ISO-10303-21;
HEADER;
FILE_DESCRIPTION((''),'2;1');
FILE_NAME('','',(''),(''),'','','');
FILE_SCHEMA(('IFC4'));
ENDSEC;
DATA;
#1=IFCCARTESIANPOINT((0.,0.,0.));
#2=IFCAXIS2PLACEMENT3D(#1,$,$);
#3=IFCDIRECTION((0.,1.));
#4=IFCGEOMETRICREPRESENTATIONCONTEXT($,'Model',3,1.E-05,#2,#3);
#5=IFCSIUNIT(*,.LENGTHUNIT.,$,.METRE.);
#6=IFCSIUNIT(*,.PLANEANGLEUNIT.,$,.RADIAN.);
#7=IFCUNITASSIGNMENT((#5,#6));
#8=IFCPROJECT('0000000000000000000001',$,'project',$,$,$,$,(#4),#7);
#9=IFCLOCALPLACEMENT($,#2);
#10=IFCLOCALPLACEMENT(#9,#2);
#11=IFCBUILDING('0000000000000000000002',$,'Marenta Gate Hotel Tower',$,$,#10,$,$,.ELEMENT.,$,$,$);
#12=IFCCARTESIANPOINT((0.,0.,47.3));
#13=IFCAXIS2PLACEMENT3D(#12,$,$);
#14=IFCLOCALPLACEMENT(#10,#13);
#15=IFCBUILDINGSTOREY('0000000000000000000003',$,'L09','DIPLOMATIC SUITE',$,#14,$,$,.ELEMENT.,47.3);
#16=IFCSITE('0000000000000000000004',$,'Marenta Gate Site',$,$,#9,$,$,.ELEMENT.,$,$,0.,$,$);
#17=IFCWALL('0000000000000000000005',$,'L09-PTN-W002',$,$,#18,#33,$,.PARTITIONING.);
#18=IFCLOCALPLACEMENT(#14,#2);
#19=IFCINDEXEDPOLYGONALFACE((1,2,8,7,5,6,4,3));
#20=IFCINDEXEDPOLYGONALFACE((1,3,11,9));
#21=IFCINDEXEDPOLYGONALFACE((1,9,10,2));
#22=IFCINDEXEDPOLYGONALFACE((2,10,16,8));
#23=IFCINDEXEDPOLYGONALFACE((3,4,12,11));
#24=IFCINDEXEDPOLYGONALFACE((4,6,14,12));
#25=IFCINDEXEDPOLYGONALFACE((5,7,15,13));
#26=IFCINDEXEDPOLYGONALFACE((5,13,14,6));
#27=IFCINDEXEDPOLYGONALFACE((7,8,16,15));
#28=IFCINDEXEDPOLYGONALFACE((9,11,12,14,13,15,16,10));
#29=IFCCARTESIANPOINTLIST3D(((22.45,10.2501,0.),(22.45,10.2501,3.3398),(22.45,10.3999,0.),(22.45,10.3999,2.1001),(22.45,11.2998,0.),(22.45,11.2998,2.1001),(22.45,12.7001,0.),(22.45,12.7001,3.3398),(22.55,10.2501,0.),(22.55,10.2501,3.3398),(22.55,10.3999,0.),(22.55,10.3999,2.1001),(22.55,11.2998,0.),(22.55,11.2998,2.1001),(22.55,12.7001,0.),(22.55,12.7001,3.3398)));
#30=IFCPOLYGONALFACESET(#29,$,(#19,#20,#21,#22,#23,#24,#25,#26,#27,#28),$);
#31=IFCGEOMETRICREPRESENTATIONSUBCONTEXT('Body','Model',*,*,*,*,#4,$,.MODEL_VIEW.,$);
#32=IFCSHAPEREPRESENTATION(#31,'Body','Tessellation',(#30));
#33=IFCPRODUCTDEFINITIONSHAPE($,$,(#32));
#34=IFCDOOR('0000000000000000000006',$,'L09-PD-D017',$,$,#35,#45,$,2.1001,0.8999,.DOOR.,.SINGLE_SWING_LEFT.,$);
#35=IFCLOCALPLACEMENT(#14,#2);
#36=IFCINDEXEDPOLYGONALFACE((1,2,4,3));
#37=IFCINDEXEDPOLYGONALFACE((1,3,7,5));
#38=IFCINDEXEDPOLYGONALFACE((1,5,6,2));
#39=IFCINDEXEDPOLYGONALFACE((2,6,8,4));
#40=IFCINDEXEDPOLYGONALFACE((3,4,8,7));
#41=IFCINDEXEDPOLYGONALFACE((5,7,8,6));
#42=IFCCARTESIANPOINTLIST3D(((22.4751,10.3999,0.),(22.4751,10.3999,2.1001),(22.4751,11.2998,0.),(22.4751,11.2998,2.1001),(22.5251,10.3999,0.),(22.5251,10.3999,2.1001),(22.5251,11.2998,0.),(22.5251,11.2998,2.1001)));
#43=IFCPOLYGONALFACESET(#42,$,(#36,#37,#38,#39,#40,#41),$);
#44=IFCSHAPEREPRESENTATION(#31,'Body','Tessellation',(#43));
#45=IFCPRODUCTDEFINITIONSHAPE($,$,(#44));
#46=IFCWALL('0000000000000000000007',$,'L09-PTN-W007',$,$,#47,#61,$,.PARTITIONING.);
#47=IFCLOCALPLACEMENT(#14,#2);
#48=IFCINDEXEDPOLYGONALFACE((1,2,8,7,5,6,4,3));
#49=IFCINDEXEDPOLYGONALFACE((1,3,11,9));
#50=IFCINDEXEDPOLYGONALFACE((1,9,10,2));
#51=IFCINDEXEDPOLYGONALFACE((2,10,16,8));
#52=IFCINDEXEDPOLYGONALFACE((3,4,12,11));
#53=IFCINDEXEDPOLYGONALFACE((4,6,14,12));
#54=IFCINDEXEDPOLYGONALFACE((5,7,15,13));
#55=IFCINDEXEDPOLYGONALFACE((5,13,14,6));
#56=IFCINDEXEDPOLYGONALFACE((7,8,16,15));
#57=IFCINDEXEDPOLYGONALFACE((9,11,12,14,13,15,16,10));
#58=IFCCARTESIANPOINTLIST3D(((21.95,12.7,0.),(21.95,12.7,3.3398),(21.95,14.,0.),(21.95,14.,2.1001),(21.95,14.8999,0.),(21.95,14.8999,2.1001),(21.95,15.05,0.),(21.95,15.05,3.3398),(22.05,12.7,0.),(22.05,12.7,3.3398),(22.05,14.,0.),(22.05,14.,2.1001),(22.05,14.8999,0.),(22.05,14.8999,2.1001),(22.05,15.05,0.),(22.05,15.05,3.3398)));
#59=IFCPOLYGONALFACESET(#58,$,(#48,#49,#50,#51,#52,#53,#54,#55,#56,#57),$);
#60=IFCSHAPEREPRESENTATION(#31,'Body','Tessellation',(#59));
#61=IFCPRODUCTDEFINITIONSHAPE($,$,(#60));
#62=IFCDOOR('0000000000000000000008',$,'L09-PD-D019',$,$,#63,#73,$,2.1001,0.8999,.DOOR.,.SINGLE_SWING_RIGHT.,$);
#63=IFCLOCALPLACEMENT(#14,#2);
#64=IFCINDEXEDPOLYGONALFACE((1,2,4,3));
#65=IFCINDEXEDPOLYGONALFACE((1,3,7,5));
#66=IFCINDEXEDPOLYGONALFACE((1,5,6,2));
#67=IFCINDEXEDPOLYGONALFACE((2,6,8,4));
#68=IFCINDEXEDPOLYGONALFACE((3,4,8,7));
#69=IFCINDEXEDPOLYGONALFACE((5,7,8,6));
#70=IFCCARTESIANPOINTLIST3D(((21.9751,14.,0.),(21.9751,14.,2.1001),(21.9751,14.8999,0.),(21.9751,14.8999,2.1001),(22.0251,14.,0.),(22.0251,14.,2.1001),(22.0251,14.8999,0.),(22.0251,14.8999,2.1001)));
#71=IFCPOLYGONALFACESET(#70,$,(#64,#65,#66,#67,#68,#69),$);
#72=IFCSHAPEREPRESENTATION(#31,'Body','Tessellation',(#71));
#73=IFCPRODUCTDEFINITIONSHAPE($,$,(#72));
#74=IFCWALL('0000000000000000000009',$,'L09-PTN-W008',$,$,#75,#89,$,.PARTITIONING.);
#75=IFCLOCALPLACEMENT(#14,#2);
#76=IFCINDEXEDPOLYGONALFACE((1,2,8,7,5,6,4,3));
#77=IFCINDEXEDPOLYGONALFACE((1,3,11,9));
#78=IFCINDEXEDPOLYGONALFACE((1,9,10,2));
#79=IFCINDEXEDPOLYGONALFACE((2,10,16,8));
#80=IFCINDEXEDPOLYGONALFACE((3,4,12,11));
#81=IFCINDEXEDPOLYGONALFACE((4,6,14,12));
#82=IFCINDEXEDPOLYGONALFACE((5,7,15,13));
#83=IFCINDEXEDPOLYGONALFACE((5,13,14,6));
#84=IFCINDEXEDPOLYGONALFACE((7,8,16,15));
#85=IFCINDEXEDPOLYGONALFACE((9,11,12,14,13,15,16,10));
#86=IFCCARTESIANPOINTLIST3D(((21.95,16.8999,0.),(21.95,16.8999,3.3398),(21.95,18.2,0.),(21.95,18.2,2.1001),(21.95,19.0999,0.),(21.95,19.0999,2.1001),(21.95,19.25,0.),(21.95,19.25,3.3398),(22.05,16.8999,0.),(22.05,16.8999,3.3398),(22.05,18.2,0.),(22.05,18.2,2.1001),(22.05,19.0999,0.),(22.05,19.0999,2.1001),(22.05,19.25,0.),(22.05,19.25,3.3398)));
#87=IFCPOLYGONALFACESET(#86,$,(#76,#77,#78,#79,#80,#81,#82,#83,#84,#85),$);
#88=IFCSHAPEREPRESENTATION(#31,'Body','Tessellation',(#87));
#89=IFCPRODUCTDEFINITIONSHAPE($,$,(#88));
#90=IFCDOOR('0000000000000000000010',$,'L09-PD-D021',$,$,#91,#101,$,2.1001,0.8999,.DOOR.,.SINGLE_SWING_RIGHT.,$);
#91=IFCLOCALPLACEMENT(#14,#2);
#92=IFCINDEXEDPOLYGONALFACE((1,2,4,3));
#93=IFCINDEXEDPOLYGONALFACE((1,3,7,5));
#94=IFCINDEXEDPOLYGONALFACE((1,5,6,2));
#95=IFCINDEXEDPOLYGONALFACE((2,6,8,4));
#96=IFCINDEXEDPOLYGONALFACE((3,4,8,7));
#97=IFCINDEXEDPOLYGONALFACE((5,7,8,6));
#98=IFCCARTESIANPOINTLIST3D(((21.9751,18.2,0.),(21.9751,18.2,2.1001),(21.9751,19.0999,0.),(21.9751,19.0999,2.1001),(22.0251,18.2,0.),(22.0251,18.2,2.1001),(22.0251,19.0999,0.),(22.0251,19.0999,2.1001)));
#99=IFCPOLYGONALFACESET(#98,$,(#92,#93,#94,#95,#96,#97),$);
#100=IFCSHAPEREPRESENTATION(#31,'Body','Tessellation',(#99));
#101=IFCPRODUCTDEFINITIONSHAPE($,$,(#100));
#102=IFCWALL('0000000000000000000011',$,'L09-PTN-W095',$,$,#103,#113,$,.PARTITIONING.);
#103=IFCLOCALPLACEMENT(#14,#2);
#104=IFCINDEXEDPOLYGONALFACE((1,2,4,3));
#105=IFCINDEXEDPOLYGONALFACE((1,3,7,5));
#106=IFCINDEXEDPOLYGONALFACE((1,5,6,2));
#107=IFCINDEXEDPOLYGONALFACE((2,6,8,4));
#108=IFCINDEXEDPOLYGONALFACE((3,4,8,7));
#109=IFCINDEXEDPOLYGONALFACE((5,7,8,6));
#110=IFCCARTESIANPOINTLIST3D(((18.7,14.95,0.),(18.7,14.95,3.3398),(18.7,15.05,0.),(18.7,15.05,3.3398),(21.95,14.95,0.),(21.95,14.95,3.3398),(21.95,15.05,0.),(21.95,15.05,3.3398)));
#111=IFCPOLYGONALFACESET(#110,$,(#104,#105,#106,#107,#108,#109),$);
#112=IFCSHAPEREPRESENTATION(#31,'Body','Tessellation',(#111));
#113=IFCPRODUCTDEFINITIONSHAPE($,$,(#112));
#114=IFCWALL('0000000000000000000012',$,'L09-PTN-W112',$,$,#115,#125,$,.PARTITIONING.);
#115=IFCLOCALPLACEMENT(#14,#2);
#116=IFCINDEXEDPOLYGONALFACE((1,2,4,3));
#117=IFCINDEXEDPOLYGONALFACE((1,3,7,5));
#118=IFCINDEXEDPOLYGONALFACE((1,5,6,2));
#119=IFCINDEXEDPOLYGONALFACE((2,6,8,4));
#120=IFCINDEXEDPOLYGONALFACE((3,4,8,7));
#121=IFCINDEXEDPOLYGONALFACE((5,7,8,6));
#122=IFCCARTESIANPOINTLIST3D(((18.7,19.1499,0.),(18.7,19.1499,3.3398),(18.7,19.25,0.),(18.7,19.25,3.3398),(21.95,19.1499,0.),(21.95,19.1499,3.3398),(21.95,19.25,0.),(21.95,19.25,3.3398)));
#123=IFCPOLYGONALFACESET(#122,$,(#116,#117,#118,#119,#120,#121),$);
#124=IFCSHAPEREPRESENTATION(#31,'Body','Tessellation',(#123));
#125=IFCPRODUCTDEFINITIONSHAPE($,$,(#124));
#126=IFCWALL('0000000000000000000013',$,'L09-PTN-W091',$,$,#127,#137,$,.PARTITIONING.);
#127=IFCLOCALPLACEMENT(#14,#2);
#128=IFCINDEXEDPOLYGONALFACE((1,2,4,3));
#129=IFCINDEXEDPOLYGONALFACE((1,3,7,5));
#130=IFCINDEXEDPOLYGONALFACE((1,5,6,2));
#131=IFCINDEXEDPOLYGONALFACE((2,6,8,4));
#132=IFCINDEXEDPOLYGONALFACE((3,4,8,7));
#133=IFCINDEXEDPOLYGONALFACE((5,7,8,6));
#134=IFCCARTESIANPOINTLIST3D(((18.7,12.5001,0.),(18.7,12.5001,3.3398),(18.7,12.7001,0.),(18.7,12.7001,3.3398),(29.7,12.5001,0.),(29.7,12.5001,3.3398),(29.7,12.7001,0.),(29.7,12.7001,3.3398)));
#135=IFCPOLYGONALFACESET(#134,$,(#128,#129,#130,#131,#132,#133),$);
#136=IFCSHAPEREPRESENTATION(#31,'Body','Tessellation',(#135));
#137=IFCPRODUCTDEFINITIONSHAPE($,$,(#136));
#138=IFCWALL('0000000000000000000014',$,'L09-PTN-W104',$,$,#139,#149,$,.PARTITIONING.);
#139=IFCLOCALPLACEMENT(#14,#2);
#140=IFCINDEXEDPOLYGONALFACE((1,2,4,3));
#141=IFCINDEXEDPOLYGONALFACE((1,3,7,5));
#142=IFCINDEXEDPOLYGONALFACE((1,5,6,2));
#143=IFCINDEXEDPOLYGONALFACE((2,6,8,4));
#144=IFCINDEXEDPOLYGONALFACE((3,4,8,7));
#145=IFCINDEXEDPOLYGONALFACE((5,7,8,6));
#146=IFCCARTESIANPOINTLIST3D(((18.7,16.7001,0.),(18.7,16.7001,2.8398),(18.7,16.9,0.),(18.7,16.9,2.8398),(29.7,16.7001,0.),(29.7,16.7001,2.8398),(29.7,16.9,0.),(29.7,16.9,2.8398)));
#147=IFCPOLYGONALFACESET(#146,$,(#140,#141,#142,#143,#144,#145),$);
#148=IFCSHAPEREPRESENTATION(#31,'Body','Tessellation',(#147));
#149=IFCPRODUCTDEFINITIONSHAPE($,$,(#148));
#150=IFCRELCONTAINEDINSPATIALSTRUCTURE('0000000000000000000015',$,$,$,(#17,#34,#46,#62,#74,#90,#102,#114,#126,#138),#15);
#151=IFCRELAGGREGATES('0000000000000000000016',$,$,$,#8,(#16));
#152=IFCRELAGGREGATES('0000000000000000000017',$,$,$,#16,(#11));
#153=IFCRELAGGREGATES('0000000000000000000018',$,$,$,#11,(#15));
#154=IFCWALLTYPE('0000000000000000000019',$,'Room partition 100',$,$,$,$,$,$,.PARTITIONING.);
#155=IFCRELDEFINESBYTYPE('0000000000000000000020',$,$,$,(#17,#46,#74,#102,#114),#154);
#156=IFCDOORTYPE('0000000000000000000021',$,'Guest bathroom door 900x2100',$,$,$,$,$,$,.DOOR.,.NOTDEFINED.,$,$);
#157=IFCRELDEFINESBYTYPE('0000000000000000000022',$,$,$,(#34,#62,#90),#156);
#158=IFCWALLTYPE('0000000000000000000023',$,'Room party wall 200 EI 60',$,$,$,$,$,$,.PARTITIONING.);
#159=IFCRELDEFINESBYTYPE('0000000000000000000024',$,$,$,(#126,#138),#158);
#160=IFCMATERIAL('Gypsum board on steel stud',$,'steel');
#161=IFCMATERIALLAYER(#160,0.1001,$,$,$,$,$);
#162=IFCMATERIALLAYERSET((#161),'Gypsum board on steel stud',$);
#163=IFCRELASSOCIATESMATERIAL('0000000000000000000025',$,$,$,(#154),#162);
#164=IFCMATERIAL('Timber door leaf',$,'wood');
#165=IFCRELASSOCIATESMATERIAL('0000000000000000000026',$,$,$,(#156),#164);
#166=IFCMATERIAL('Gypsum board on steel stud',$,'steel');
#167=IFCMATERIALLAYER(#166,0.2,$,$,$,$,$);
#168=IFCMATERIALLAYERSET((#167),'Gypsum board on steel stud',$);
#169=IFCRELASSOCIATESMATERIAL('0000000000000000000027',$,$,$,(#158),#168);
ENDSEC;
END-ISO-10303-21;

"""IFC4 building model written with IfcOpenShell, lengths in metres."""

from ifc_helpers import new_model, si_unit, direction, frame, frame_2d, origin, place, context, subcontext, project, spatial, rectangle, extrude, material, layer, layer_set, type_object, element, fill, save


model = new_model("IFC4")

# Units and contexts
model_context = context("Model", 3, precision=1e-05, world=origin(), true_north=direction((0.0, 1.0)))
body_context = subcontext(model_context, "Body", "Model", "MODEL_VIEW")
ifc_project = project(units=[si_unit("LENGTHUNIT", "METRE"), si_unit("PLANEANGLEUNIT", "RADIAN")], contexts=[model_context])

# Site, building, storey
site_placement = place(None, origin())
site = spatial("IfcSite", under=ifc_project, at=site_placement, Name="Marenta Gate Site", CompositionType="ELEMENT", RefElevation=0.0)
building_placement = place(site_placement, origin())
building = spatial("IfcBuilding", under=site, at=building_placement, Name="Marenta Gate Hotel Tower", CompositionType="ELEMENT")
storey_placement = place(building_placement, frame((0.0, 0.0, 47.3)))
storey = spatial("IfcBuildingStorey", under=building, at=storey_placement, Name="L09", Description="DIPLOMATIC SUITE", CompositionType="ELEMENT", Elevation=47.3)

# Walls, openings, doors
ifc_material_1 = material(Name="Gypsum board on steel stud", Category="steel")
ifc_layer_1 = layer(ifc_material_1, 0.1001)
ifc_layer_set_1 = layer_set([ifc_layer_1], Name="Gypsum board on steel stud")
wall_type_1 = type_object("IfcWallType", Name="Room partition 100", PredefinedType="PARTITIONING", material=ifc_layer_set_1)
wall_1_placement = place(storey_placement, frame((22.5, 10.25, 0.0), z_axis=(0.0, 0.0, 1.0), x_axis=(0.0, 1.0, 0.0)))
wall_1 = element("IfcWall", 1, at=wall_1_placement, inside=storey, type_object=wall_type_1, Name="L09-PTN-W002", PredefinedType="PARTITIONING", context=body_context, shape_type="SweptSolid", body=[
    extrude(rectangle(XDim=2.45, YDim=0.1001, at=frame_2d((1.2251, 0.0))), origin(), (0.0, 0.0, 1.0), 3.3398),
])
opening_1_placement = place(wall_1_placement, frame((0.1499, 0.0, 0.0)))
opening_1 = element("IfcOpeningElement", 2, at=opening_1_placement, cuts=wall_1, PredefinedType="OPENING", context=body_context, shape_type="SweptSolid", body=[
    extrude(rectangle(XDim=0.8999, YDim=2.1001, at=frame_2d((0.45, 1.05))), frame((0.0, 0.05, 0.0), z_axis=(0.0, -1.0, 0.0), x_axis=(1.0, 0.0, 0.0)), (0.0, 0.0, 1.0), 0.1001),
])
ifc_material_2 = material(Name="Timber door leaf", Category="wood")
door_type = type_object("IfcDoorType", Name="Guest bathroom door 900x2100", OperationType="NOTDEFINED", PredefinedType="DOOR", material=ifc_material_2)
door_1_placement = place(opening_1_placement, origin())
door_1 = element("IfcDoor", 3, at=door_1_placement, inside=storey, type_object=door_type, Name="L09-PD-D017", OperationType="SINGLE_SWING_LEFT", OverallHeight=2.1001, OverallWidth=0.8999, PredefinedType="DOOR", context=body_context, shape_type="SweptSolid", body=[
    extrude(rectangle(XDim=0.8999, YDim=2.1001, at=frame_2d((0.45, 1.05))), frame((0.0, 0.0249, 0.0), z_axis=(0.0, -1.0, 0.0), x_axis=(1.0, 0.0, 0.0)), (0.0, 0.0, 1.0), 0.05),
])
fill(opening_1, door_1)
wall_2_placement = place(storey_placement, frame((22.0, 12.7, 0.0), z_axis=(0.0, 0.0, 1.0), x_axis=(0.0, 1.0, 0.0)))
wall_2 = element("IfcWall", 4, at=wall_2_placement, inside=storey, type_object=wall_type_1, Name="L09-PTN-W007", PredefinedType="PARTITIONING", context=body_context, shape_type="SweptSolid", body=[
    extrude(rectangle(XDim=2.3501, YDim=0.1001, at=frame_2d((1.175, 0.0))), origin(), (0.0, 0.0, 1.0), 3.3398),
])
opening_2_placement = place(wall_2_placement, frame((1.3, 0.0, 0.0)))
opening_2 = element("IfcOpeningElement", 5, at=opening_2_placement, cuts=wall_2, PredefinedType="OPENING", context=body_context, shape_type="SweptSolid", body=[
    extrude(rectangle(XDim=0.8999, YDim=2.1001, at=frame_2d((0.45, 1.05))), frame((0.0, 0.05, 0.0), z_axis=(0.0, -1.0, 0.0), x_axis=(1.0, 0.0, 0.0)), (0.0, 0.0, 1.0), 0.1001),
])
door_2_placement = place(opening_2_placement, origin())
door_2 = element("IfcDoor", 6, at=door_2_placement, inside=storey, type_object=door_type, Name="L09-PD-D019", OperationType="SINGLE_SWING_RIGHT", OverallHeight=2.1001, OverallWidth=0.8999, PredefinedType="DOOR", context=body_context, shape_type="SweptSolid", body=[
    extrude(rectangle(XDim=0.8999, YDim=2.1001, at=frame_2d((0.45, 1.05))), frame((0.0, 0.0249, 0.0), z_axis=(0.0, -1.0, 0.0), x_axis=(1.0, 0.0, 0.0)), (0.0, 0.0, 1.0), 0.05),
])
fill(opening_2, door_2)
wall_3_placement = place(storey_placement, frame((22.0, 16.8999, 0.0), z_axis=(0.0, 0.0, 1.0), x_axis=(0.0, 1.0, 0.0)))
wall_3 = element("IfcWall", 7, at=wall_3_placement, inside=storey, type_object=wall_type_1, Name="L09-PTN-W008", PredefinedType="PARTITIONING", context=body_context, shape_type="SweptSolid", body=[
    extrude(rectangle(XDim=2.3501, YDim=0.1001, at=frame_2d((1.175, 0.0))), origin(), (0.0, 0.0, 1.0), 3.3398),
])
opening_3_placement = place(wall_3_placement, frame((1.3, 0.0, 0.0)))
opening_3 = element("IfcOpeningElement", 8, at=opening_3_placement, cuts=wall_3, PredefinedType="OPENING", context=body_context, shape_type="SweptSolid", body=[
    extrude(rectangle(XDim=0.8999, YDim=2.1001, at=frame_2d((0.45, 1.05))), frame((0.0, 0.05, 0.0), z_axis=(0.0, -1.0, 0.0), x_axis=(1.0, 0.0, 0.0)), (0.0, 0.0, 1.0), 0.1001),
])
door_3_placement = place(opening_3_placement, origin())
door_3 = element("IfcDoor", 9, at=door_3_placement, inside=storey, type_object=door_type, Name="L09-PD-D021", OperationType="SINGLE_SWING_RIGHT", OverallHeight=2.1001, OverallWidth=0.8999, PredefinedType="DOOR", context=body_context, shape_type="SweptSolid", body=[
    extrude(rectangle(XDim=0.8999, YDim=2.1001, at=frame_2d((0.45, 1.05))), frame((0.0, 0.0249, 0.0), z_axis=(0.0, -1.0, 0.0), x_axis=(1.0, 0.0, 0.0)), (0.0, 0.0, 1.0), 0.05),
])
fill(opening_3, door_3)

# Walls
for number, where, z_axis, x_axis, name in (
    (10, (18.7, 15.0, 0.0), (0.0, 0.0, 1.0), (1.0, 0.0, 0.0), "L09-PTN-W095"),
    (11, (18.7, 19.2, 0.0), (0.0, 0.0, 1.0), (1.0, 0.0, 0.0), "L09-PTN-W112"),
):
    element("IfcWall", number, at=place(storey_placement, frame(where, z_axis=z_axis, x_axis=x_axis)), inside=storey, type_object=wall_type_1, Name=name, PredefinedType="PARTITIONING", context=body_context, shape_type="SweptSolid", body=[
        extrude(rectangle(XDim=3.25, YDim=0.1001, at=frame_2d((1.625, 0.0))), origin(), (0.0, 0.0, 1.0), 3.3398),
    ])
ifc_material_3 = material(Name="Gypsum board on steel stud", Category="steel")
ifc_layer_2 = layer(ifc_material_3, 0.2)
ifc_layer_set_2 = layer_set([ifc_layer_2], Name="Gypsum board on steel stud")
wall_type_2 = type_object("IfcWallType", Name="Room party wall 200 EI 60", PredefinedType="PARTITIONING", material=ifc_layer_set_2)
wall_4_placement = place(storey_placement, frame((18.7, 12.6001, 0.0), z_axis=(0.0, 0.0, 1.0), x_axis=(1.0, 0.0, 0.0)))
element("IfcWall", 12, at=wall_4_placement, inside=storey, type_object=wall_type_2, Name="L09-PTN-W091", PredefinedType="PARTITIONING", context=body_context, shape_type="SweptSolid", body=[
    extrude(rectangle(XDim=11.0, YDim=0.2, at=frame_2d((5.5, 0.0))), origin(), (0.0, 0.0, 1.0), 3.3398),
])
wall_5_placement = place(storey_placement, frame((18.7, 16.8, 0.0), z_axis=(0.0, 0.0, 1.0), x_axis=(1.0, 0.0, 0.0)))
element("IfcWall", 13, at=wall_5_placement, inside=storey, type_object=wall_type_2, Name="L09-PTN-W104", PredefinedType="PARTITIONING", context=body_context, shape_type="SweptSolid", body=[
    extrude(rectangle(XDim=11.0, YDim=0.2, at=frame_2d((5.5, 0.0))), origin(), (0.0, 0.0, 1.0), 2.8398),
])

save(model, "model.ifc")
